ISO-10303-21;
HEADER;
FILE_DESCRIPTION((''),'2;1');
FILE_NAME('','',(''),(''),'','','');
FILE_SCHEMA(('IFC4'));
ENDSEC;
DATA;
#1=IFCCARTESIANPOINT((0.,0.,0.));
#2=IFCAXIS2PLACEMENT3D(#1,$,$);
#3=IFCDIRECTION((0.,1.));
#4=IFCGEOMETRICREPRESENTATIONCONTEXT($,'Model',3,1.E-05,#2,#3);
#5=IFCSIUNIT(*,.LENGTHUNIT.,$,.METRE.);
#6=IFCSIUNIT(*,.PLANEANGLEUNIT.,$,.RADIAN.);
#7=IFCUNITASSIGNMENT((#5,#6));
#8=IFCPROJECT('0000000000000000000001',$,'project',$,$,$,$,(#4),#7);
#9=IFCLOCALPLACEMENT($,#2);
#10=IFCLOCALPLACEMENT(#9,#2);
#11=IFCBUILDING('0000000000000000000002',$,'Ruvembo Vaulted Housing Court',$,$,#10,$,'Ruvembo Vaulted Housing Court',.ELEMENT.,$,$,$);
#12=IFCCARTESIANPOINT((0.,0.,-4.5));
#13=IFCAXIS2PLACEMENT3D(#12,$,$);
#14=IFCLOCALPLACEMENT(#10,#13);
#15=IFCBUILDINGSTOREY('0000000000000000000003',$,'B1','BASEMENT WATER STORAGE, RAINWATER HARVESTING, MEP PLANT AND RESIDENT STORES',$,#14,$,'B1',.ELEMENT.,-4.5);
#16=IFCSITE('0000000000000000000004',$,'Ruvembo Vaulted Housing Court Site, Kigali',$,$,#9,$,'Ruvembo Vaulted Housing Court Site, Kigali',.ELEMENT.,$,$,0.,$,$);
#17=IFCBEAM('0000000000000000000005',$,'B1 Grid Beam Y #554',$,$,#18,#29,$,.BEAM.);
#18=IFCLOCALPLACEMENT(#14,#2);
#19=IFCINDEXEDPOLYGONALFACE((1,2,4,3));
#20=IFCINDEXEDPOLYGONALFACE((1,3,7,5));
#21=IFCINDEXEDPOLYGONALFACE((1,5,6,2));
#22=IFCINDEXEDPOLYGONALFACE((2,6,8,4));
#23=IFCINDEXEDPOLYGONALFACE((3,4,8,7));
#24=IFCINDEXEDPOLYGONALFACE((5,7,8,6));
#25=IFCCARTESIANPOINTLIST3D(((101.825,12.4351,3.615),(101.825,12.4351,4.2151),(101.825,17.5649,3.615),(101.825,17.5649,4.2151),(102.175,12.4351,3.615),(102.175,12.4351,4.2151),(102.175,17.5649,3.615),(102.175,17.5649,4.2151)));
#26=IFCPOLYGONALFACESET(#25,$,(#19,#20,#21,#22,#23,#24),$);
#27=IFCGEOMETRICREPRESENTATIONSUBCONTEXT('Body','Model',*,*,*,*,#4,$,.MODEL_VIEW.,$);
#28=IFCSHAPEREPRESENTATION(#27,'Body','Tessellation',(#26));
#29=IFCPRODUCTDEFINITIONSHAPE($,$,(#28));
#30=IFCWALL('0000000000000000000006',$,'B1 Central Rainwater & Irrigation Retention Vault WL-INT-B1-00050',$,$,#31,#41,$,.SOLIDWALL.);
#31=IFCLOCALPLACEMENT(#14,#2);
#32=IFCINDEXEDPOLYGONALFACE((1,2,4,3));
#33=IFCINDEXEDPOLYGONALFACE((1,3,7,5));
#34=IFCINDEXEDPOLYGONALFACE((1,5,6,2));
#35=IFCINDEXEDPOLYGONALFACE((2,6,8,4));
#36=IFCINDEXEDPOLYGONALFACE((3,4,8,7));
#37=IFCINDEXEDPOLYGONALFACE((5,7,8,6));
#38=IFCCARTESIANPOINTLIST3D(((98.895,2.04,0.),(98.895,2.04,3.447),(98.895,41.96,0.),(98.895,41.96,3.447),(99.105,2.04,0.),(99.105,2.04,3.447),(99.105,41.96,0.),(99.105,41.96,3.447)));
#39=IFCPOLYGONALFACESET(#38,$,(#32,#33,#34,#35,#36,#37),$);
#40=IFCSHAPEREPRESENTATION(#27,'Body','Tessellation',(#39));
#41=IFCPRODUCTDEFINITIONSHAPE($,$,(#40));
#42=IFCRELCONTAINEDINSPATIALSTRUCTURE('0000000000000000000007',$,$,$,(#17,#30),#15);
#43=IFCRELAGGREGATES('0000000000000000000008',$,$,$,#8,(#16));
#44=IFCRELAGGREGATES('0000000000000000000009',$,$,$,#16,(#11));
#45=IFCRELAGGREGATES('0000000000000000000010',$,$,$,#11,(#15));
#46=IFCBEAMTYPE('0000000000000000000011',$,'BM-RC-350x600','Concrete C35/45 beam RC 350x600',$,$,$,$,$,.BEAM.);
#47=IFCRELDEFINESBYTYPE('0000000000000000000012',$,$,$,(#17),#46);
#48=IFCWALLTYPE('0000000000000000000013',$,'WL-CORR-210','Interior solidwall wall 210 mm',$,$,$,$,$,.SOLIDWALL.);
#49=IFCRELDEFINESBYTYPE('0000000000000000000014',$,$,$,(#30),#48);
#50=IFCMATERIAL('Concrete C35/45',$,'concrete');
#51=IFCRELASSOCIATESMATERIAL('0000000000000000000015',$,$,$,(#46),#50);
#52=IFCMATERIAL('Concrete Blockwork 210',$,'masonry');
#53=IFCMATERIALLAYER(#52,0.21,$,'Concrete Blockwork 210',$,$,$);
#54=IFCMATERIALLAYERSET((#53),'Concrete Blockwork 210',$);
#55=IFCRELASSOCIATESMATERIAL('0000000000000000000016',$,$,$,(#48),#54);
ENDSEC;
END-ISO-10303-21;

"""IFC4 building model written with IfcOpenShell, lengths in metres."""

from ifc_helpers import new_model, si_unit, direction, frame, frame_2d, origin, origin_2d, place, context, subcontext, project, spatial, rectangle, extrude, material, layer, layer_set, material_profile, profile_set, type_object, element, save


model = new_model("IFC4")

# Units and contexts
model_context = context("Model", 3, precision=1e-05, world=origin(), true_north=direction((0.0, 1.0)))
body_context = subcontext(model_context, "Body", "Model", "MODEL_VIEW")
ifc_project = project(units=[si_unit("LENGTHUNIT", "METRE"), si_unit("PLANEANGLEUNIT", "RADIAN")], contexts=[model_context])

# Site, building, storey
site_placement = place(None, origin())
site = spatial("IfcSite", under=ifc_project, at=site_placement, Name="Ruvembo Vaulted Housing Court Site, Kigali", LongName="Ruvembo Vaulted Housing Court Site, Kigali", CompositionType="ELEMENT", RefElevation=0.0)
building_placement = place(site_placement, origin())
building = spatial("IfcBuilding", under=site, at=building_placement, Name="Ruvembo Vaulted Housing Court", LongName="Ruvembo Vaulted Housing Court", CompositionType="ELEMENT")
storey_placement = place(building_placement, frame((0.0, 0.0, -4.5)))
storey = spatial("IfcBuildingStorey", under=building, at=storey_placement, Name="B1", Description="BASEMENT WATER STORAGE, RAINWATER HARVESTING, MEP PLANT AND RESIDENT STORES", LongName="B1", CompositionType="ELEMENT", Elevation=-4.5)

# Shared definitions
ifc_material_1 = material(Name="Concrete C35/45", Category="concrete")

# Beam
ifc_material_profile_1 = material_profile(ifc_material_1, rectangle(XDim=0.3501, YDim=0.6001, at=origin_2d()), Name="RC 350x600")
ifc_profile_set_1 = profile_set([ifc_material_profile_1], Name="Concrete C35/45")
beam_type = type_object("IfcBeamType", Name="BM-RC-350x600", Description="Concrete C35/45 beam RC 350x600", PredefinedType="BEAM", material=ifc_profile_set_1)
for number, where, z_axis, x_axis, name in (
    (1, (102.0, 12.4351, 3.915), (0.0, 1.0, 0.0), (-1.0, 0.0, 0.0), "B1 Grid Beam Y #554"),
):
    element("IfcBeam", number, at=place(storey_placement, frame(where, z_axis=z_axis, x_axis=x_axis)), inside=storey, type_object=beam_type, Name=name, PredefinedType="BEAM", context=body_context, shape_type="SweptSolid", body=[
        extrude(rectangle(XDim=0.3501, YDim=0.6001, at=origin_2d()), origin(), (0.0, 0.0, 1.0), 5.1299),
    ])

# Wall
ifc_material_2 = material(Name="Concrete Blockwork 210", Category="masonry")
ifc_layer = layer(ifc_material_2, 0.21, Name="Concrete Blockwork 210")
ifc_layer_set = layer_set([ifc_layer], Name="Concrete Blockwork 210")
wall_type = type_object("IfcWallType", Name="WL-CORR-210", Description="Interior solidwall wall 210 mm", PredefinedType="SOLIDWALL", material=ifc_layer_set)
wall_placement = place(storey_placement, frame((99.0, 2.04, 0.0), z_axis=(0.0, 0.0, 1.0), x_axis=(0.0, 1.0, 0.0)))
element("IfcWall", 2, at=wall_placement, inside=storey, type_object=wall_type, Name="B1 Central Rainwater & Irrigation Retention Vault WL-INT-B1-00050", PredefinedType="SOLIDWALL", context=body_context, shape_type="SweptSolid", body=[
    extrude(rectangle(XDim=39.9199, YDim=0.21, at=frame_2d((19.96, 0.0))), origin(), (0.0, 0.0, 1.0), 3.447),
])

save(model, "model.ifc")
